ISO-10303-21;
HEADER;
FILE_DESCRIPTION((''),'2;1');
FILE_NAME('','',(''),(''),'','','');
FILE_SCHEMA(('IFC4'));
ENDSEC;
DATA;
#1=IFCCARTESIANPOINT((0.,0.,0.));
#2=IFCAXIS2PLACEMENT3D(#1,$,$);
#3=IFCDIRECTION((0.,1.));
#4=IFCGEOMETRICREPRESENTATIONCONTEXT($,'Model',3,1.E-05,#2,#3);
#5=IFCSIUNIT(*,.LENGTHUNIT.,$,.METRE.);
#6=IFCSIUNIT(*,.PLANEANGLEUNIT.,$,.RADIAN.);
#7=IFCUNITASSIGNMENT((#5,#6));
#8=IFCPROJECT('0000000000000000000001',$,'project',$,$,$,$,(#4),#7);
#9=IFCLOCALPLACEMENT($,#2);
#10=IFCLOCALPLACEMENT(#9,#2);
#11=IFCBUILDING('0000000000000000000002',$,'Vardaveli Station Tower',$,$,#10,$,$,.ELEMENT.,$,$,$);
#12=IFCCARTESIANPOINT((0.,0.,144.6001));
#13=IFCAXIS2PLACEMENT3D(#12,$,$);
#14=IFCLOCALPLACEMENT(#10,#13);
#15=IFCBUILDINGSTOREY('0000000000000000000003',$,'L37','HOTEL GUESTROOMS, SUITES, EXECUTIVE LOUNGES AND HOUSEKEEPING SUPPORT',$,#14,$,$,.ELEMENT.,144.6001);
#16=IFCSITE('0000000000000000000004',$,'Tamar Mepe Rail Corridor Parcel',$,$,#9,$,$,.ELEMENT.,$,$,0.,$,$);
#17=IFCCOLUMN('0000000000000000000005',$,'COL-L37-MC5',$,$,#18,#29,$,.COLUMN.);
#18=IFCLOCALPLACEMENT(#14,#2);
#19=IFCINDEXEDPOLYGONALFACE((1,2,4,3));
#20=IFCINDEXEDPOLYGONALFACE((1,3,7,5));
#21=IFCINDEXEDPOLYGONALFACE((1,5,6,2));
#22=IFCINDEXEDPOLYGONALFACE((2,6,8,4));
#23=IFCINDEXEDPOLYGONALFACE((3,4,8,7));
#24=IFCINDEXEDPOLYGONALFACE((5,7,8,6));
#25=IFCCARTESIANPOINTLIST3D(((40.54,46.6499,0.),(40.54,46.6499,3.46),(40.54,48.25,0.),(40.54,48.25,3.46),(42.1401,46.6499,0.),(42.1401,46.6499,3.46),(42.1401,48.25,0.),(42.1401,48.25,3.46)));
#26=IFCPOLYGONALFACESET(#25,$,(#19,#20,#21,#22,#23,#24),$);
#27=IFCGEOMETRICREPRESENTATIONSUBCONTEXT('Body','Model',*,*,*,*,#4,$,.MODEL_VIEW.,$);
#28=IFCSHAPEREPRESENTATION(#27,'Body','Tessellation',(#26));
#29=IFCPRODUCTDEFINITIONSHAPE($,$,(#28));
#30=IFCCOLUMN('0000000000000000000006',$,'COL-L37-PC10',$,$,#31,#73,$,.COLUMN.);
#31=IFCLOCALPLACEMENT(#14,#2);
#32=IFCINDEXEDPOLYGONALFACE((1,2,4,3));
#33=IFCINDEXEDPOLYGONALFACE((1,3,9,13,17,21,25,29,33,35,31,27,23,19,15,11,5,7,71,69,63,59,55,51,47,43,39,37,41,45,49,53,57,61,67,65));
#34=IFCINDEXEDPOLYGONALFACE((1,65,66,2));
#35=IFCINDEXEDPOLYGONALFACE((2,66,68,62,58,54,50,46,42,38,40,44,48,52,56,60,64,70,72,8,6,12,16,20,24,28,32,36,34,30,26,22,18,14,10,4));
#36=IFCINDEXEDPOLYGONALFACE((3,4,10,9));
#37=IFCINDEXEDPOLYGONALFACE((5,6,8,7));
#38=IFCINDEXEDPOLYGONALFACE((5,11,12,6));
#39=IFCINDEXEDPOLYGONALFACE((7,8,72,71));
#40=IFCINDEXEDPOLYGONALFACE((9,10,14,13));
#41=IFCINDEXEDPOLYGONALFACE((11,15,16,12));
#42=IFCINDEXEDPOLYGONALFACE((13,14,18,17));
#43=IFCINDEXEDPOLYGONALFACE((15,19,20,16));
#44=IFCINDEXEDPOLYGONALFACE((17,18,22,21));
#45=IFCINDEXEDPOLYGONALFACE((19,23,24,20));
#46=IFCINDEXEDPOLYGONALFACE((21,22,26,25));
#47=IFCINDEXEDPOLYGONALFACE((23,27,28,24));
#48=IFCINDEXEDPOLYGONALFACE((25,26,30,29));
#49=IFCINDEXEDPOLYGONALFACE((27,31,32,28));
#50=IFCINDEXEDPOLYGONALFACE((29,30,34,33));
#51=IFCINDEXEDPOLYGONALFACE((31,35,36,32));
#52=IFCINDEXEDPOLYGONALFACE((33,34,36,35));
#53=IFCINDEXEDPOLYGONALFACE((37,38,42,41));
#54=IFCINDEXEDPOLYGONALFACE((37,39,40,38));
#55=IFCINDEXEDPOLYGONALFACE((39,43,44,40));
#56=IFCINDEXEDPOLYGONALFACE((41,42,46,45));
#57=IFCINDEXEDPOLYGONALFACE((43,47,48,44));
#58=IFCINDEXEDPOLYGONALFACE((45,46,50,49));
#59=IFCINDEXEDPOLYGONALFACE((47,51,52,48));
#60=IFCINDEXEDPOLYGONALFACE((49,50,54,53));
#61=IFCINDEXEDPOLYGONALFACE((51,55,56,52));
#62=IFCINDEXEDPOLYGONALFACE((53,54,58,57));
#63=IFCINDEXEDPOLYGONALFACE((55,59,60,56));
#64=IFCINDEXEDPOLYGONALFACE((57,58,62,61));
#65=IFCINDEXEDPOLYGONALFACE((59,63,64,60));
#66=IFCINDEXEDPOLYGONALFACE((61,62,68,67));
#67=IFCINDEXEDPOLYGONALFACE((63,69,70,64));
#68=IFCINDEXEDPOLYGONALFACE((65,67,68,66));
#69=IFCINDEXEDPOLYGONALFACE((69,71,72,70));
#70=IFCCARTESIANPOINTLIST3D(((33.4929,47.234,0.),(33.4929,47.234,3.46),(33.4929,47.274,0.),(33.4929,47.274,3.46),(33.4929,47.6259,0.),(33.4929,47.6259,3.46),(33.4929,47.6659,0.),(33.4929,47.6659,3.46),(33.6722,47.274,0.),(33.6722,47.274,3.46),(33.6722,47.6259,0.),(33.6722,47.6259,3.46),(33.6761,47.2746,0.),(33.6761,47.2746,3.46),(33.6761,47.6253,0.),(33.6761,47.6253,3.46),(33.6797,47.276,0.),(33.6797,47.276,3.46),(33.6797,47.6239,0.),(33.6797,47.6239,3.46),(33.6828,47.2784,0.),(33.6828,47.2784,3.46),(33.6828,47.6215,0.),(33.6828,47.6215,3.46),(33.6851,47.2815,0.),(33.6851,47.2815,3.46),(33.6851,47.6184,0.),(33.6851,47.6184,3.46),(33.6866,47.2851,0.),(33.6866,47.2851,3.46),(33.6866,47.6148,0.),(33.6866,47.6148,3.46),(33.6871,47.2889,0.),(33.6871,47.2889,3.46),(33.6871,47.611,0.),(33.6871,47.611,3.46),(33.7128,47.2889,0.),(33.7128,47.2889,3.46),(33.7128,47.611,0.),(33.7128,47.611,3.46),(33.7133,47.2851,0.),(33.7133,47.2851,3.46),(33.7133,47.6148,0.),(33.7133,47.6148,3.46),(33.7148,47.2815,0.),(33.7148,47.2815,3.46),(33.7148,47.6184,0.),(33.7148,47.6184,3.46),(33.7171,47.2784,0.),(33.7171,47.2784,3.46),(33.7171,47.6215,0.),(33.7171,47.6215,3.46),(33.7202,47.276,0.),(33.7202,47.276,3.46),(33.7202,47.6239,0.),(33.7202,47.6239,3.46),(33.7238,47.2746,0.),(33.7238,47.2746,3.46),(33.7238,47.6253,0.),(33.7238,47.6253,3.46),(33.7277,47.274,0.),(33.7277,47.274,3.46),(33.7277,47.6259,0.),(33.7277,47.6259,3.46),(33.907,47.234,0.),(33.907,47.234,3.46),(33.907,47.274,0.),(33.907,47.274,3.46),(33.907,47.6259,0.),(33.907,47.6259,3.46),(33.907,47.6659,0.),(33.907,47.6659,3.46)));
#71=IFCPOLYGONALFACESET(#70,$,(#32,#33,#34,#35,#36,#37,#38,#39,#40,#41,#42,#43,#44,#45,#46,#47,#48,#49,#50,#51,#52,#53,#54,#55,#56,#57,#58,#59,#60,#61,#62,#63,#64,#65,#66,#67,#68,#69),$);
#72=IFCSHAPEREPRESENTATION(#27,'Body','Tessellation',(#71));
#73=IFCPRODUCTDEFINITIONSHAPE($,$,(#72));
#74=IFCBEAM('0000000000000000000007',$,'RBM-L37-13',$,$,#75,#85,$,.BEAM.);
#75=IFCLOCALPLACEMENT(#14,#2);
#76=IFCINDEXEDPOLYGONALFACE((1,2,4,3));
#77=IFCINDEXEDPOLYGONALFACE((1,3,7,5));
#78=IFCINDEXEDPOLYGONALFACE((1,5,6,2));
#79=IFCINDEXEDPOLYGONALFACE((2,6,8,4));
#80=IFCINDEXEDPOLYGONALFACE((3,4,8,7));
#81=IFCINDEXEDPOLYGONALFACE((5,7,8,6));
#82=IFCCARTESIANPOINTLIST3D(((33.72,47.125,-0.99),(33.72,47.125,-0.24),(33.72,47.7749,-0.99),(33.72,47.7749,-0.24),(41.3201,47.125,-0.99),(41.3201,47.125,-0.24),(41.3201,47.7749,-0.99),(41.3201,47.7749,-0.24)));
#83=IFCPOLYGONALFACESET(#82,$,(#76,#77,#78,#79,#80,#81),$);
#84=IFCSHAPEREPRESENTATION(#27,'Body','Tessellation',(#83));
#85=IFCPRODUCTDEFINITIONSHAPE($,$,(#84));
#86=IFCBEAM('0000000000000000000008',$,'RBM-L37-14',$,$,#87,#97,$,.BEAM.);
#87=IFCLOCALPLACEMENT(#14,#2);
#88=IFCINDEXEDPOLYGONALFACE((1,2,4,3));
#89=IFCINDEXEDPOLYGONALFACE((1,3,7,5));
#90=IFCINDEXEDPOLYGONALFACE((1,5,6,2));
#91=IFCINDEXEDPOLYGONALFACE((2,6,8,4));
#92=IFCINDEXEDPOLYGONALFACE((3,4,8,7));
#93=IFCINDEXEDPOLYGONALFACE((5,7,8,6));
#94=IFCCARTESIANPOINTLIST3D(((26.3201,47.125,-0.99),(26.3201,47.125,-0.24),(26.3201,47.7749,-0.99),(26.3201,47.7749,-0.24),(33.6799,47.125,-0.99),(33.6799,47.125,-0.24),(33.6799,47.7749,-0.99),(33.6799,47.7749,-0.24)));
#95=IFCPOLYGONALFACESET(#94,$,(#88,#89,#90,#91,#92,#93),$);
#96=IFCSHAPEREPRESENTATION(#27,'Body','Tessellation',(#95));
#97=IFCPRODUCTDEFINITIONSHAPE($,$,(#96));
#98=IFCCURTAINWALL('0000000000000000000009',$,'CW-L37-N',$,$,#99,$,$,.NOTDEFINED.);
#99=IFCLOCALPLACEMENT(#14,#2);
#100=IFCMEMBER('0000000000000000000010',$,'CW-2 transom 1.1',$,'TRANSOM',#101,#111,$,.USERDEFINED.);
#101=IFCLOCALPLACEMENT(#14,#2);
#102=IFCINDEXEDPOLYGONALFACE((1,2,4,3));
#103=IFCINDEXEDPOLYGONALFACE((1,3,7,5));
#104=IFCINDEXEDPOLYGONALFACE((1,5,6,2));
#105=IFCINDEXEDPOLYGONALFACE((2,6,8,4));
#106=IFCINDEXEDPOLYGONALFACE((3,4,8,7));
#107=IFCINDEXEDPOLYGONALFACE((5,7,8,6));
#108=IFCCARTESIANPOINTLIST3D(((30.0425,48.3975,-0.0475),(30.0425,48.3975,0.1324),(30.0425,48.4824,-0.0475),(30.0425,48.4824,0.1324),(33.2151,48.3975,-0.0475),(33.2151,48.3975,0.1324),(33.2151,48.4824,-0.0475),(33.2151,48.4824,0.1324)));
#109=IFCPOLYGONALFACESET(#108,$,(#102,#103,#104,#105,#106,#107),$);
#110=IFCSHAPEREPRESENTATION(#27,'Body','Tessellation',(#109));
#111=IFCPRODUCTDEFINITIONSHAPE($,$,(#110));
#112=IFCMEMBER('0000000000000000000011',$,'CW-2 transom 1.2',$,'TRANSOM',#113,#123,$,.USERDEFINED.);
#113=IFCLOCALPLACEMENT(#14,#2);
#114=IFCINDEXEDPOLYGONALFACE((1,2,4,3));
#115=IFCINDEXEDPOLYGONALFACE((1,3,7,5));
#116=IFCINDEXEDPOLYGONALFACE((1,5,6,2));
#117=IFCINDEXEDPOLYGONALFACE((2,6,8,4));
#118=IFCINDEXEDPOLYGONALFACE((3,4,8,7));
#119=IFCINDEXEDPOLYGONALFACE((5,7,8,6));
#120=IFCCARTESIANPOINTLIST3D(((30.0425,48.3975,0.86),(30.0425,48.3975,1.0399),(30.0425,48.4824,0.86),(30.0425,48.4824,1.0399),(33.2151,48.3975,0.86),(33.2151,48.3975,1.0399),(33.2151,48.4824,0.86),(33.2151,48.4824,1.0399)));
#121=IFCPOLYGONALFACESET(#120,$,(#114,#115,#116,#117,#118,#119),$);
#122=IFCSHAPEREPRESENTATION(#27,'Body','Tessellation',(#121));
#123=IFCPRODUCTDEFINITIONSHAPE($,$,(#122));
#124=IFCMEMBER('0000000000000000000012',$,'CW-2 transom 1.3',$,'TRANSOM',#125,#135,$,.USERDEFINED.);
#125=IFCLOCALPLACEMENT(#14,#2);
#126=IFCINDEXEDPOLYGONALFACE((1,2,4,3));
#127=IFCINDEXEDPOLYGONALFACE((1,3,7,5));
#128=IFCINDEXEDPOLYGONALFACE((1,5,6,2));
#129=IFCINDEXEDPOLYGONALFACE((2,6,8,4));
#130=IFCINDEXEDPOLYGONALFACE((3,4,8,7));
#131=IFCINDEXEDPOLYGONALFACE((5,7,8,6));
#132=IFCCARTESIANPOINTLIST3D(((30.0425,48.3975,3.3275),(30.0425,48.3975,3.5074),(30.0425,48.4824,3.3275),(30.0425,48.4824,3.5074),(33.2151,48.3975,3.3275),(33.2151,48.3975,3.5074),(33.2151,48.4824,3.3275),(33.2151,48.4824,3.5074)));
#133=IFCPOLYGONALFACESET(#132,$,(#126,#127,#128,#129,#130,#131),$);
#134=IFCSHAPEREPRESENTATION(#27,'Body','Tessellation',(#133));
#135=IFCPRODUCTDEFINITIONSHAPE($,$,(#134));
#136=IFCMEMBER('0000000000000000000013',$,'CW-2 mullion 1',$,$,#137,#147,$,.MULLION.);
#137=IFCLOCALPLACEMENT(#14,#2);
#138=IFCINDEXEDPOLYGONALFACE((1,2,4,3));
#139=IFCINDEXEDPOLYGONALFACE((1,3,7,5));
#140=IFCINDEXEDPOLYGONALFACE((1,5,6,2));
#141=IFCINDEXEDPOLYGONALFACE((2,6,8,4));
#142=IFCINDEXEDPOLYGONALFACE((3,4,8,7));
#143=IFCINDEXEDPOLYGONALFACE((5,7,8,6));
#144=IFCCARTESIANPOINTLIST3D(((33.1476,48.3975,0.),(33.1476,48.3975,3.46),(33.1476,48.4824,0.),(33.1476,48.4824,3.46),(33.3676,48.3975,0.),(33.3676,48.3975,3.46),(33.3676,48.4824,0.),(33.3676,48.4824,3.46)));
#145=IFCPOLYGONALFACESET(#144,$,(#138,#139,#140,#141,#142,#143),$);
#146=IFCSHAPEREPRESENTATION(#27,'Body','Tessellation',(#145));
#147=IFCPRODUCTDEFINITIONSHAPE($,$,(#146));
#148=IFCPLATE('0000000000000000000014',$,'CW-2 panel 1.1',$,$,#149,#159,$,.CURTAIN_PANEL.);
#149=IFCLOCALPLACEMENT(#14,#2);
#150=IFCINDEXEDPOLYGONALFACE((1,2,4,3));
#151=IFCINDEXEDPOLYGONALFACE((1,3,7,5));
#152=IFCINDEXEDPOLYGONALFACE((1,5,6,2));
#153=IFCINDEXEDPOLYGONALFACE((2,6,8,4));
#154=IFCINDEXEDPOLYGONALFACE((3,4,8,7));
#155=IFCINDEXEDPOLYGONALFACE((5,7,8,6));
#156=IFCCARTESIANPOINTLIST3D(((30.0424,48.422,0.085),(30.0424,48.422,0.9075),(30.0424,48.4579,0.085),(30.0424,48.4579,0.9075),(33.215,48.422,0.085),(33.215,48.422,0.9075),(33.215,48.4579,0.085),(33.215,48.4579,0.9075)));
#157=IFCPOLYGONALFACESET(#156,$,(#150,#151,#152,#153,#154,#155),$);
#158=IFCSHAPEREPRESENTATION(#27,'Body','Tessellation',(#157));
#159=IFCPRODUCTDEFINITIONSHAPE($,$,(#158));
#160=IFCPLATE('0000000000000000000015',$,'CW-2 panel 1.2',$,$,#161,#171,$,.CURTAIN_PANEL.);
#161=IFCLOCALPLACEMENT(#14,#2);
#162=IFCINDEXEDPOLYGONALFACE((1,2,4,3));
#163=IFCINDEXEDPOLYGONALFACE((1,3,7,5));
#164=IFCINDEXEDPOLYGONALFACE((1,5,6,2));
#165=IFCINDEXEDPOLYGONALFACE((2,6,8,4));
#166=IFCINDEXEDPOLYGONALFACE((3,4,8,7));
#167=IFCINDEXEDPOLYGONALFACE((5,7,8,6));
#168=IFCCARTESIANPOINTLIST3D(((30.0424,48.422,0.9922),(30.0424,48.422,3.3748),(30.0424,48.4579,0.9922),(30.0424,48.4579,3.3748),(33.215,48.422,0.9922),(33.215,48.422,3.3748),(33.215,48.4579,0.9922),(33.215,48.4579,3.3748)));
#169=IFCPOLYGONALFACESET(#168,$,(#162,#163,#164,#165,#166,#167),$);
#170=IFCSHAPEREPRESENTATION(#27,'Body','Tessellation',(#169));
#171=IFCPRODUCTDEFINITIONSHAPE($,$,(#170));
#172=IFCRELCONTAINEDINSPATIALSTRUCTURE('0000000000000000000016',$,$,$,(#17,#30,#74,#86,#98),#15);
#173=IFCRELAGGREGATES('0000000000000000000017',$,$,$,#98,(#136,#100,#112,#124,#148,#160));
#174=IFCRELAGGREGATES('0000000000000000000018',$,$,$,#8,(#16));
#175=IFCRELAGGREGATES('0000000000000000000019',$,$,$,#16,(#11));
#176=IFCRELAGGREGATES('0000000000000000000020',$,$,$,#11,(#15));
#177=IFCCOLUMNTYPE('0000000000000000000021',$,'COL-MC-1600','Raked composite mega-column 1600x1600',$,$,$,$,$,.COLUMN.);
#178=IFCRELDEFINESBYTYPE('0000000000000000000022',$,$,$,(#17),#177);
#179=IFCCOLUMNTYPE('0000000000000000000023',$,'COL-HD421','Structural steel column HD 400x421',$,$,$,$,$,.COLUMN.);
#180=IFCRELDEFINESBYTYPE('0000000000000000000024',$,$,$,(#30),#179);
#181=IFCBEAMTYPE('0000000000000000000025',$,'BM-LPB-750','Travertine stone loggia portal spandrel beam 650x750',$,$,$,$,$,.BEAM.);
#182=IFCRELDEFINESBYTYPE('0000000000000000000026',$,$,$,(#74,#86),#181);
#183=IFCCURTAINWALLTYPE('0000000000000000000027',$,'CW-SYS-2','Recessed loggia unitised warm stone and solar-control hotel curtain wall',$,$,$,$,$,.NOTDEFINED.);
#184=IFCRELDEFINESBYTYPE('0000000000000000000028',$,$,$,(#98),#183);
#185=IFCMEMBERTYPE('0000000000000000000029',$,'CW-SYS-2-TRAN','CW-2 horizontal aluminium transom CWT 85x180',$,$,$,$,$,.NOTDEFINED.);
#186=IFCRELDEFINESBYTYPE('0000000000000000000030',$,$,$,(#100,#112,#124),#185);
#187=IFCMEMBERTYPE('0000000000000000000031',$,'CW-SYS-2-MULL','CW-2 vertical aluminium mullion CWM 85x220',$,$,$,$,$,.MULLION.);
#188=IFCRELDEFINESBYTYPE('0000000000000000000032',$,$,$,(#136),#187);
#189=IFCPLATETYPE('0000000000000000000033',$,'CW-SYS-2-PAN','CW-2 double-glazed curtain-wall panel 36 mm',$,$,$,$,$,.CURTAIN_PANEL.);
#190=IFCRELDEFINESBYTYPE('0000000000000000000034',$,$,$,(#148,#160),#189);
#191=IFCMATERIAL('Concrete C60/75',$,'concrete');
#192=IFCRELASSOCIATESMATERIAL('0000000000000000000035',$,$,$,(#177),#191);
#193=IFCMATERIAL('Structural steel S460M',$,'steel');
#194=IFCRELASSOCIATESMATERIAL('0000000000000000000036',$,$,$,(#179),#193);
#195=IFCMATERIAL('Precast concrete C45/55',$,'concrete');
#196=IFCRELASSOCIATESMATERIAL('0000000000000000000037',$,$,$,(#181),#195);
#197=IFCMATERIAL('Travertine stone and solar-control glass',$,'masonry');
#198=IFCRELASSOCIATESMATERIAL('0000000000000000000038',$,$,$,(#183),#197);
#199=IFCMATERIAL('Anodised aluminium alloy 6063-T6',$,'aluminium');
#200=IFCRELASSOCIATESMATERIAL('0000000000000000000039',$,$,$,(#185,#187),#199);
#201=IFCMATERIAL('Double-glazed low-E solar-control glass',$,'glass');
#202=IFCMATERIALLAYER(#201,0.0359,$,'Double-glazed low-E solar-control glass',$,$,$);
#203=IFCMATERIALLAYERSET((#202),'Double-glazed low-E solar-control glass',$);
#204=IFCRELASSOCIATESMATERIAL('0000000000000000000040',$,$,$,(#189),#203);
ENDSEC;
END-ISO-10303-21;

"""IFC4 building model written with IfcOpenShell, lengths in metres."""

from ifc_helpers import new_model, si_unit, direction, frame, origin, origin_2d, place, context, subcontext, project, spatial, rectangle, i_section, extrude, source, transform, mapped, material, layer, layer_set, material_profile, profile_set, type_object, element, aggregate, save


model = new_model("IFC4")

# Units and contexts
model_context = context("Model", 3, precision=1e-05, world=origin(), true_north=direction((0.0, 1.0)))
body_context = subcontext(model_context, "Body", "Model", "MODEL_VIEW")
ifc_project = project(units=[si_unit("LENGTHUNIT", "METRE"), si_unit("PLANEANGLEUNIT", "RADIAN")], contexts=[model_context])

# Site, building, storey
site_placement = place(None, origin())
site = spatial("IfcSite", under=ifc_project, at=site_placement, Name="Tamar Mepe Rail Corridor Parcel", CompositionType="ELEMENT", RefElevation=0.0)
building_placement = place(site_placement, origin())
building = spatial("IfcBuilding", under=site, at=building_placement, Name="Vardaveli Station Tower", CompositionType="ELEMENT")
storey_placement = place(building_placement, frame((0.0, 0.0, 144.6001)))
storey = spatial("IfcBuildingStorey", under=building, at=storey_placement, Name="L37", Description="HOTEL GUESTROOMS, SUITES, EXECUTIVE LOUNGES AND HOUSEKEEPING SUPPORT", CompositionType="ELEMENT", Elevation=144.6001)

# Columns
ifc_material_1 = material(Name="Concrete C60/75", Category="concrete")
ifc_material_profile_1 = material_profile(ifc_material_1, rectangle(XDim=1.6001, YDim=1.6001, at=origin_2d()), Name="MC 1600x1600")
ifc_profile_set_1 = profile_set([ifc_material_profile_1], Name="Concrete C60/75")
column_type_1 = type_object("IfcColumnType", Name="COL-MC-1600", Description="Raked composite mega-column 1600x1600", PredefinedType="COLUMN", material=ifc_profile_set_1)
shared_shape_1 = source(origin(), body_context, "Body", "SweptSolid", [
    extrude(rectangle(XDim=1.6001, YDim=1.6001, at=origin_2d()), origin(), (0.0, 0.0, 1.0), 3.46),
])
column_1_placement = place(storey_placement, frame((41.3401, 47.45, 0.0), z_axis=(0.0, 0.0, 1.0), x_axis=(1.0, 0.0, 0.0)))
element("IfcColumn", 1, at=column_1_placement, inside=storey, type_object=column_type_1, Name="COL-L37-MC5", PredefinedType="COLUMN", context=body_context, shape_type="MappedRepresentation", body=[
    mapped(shared_shape_1, transform((0.0, 0.0, 0.0), scale=1.0)),
])
ifc_material_2 = material(Name="Structural steel S460M", Category="steel")
ifc_material_profile_2 = material_profile(ifc_material_2, i_section(OverallWidth=0.4141, OverallDepth=0.4319, WebThickness=0.0256, FlangeThickness=0.04, FilletRadius=0.0149, at=origin_2d()), Name="HD 400x421")
ifc_profile_set_2 = profile_set([ifc_material_profile_2], Name="Structural steel S460M")
column_type_2 = type_object("IfcColumnType", Name="COL-HD421", Description="Structural steel column HD 400x421", PredefinedType="COLUMN", material=ifc_profile_set_2)
shared_shape_2 = source(origin(), body_context, "Body", "SweptSolid", [
    extrude(i_section(OverallWidth=0.4141, OverallDepth=0.4319, WebThickness=0.0256, FlangeThickness=0.04, FilletRadius=0.0149, at=origin_2d()), origin(), (0.0, 0.0, 1.0), 3.46),
])
column_2_placement = place(storey_placement, frame((33.7, 47.45, 0.0), z_axis=(0.0, 0.0, 1.0), x_axis=(1.0, 0.0, 0.0)))
element("IfcColumn", 2, at=column_2_placement, inside=storey, type_object=column_type_2, Name="COL-L37-PC10", PredefinedType="COLUMN", context=body_context, shape_type="MappedRepresentation", body=[
    mapped(shared_shape_2, transform((0.0, 0.0, 0.0), scale=1.0)),
])

# Beams
ifc_material_3 = material(Name="Precast concrete C45/55", Category="concrete")
ifc_material_profile_3 = material_profile(ifc_material_3, rectangle(XDim=0.6499, YDim=0.75, at=origin_2d()), Name="LPB 650x750")
ifc_profile_set_3 = profile_set([ifc_material_profile_3], Name="Precast concrete C45/55")
beam_type = type_object("IfcBeamType", Name="BM-LPB-750", Description="Travertine stone loggia portal spandrel beam 650x750", PredefinedType="BEAM", material=ifc_profile_set_3)
shared_shape_3 = source(origin(), body_context, "Body", "SweptSolid", [
    extrude(rectangle(XDim=0.6499, YDim=0.75, at=origin_2d()), origin(), (0.0, 0.0, 1.0), 7.6001),
])
beam_1_placement = place(storey_placement, frame((41.3201, 47.45, -0.615), z_axis=(-1.0, 0.0, 0.0), x_axis=(0.0, -1.0, 0.0)))
element("IfcBeam", 3, at=beam_1_placement, inside=storey, type_object=beam_type, Name="RBM-L37-13", PredefinedType="BEAM", context=body_context, shape_type="MappedRepresentation", body=[
    mapped(shared_shape_3, transform((0.0, 0.0, 0.0), scale=1.0)),
])
shared_shape_4 = source(origin(), body_context, "Body", "SweptSolid", [
    extrude(rectangle(XDim=0.6499, YDim=0.75, at=origin_2d()), origin(), (0.0, 0.0, 1.0), 7.3599),
])
beam_2_placement = place(storey_placement, frame((33.6799, 47.45, -0.615), z_axis=(-1.0, 0.0, 0.0), x_axis=(0.0, -1.0, 0.0)))
element("IfcBeam", 4, at=beam_2_placement, inside=storey, type_object=beam_type, Name="RBM-L37-14", PredefinedType="BEAM", context=body_context, shape_type="MappedRepresentation", body=[
    mapped(shared_shape_4, transform((0.0, 0.0, 0.0), scale=1.0)),
])

# Curtain wall, members, plates
ifc_material_4 = material(Name="Travertine stone and solar-control glass", Category="masonry")
curtain_wall_type = type_object("IfcCurtainWallType", Name="CW-SYS-2", Description="Recessed loggia unitised warm stone and solar-control hotel curtain wall", PredefinedType="NOTDEFINED", material=ifc_material_4)
curtain_wall_placement = place(storey_placement, origin())
curtain_wall = element("IfcCurtainWall", 5, at=curtain_wall_placement, inside=storey, type_object=curtain_wall_type, Name="CW-L37-N", PredefinedType="NOTDEFINED")
ifc_material_5 = material(Name="Anodised aluminium alloy 6063-T6", Category="aluminium")
ifc_material_profile_4 = material_profile(ifc_material_5, rectangle(XDim=0.085, YDim=0.1799, at=origin_2d()), Name="CWT 85x180")
ifc_profile_set_4 = profile_set([ifc_material_profile_4], Name="Anodised aluminium alloy 6063-T6")
member_type_1 = type_object("IfcMemberType", Name="CW-SYS-2-TRAN", Description="CW-2 horizontal aluminium transom CWT 85x180", PredefinedType="NOTDEFINED", material=ifc_profile_set_4)
shared_shape_5 = source(origin(), body_context, "Body", "SweptSolid", [
    extrude(rectangle(XDim=0.085, YDim=0.1799, at=origin_2d()), origin(), (0.0, 0.0, 1.0), 3.1726),
])
member_1_placement = place(storey_placement, frame((33.2151, 48.4399, 0.0425), z_axis=(-1.0, 0.0, 0.0), x_axis=(0.0, -1.0, 0.0)))
member_1 = element("IfcMember", 6, at=member_1_placement, type_object=member_type_1, Name="CW-2 transom 1.1", ObjectType="TRANSOM", PredefinedType="USERDEFINED", context=body_context, shape_type="MappedRepresentation", body=[
    mapped(shared_shape_5, transform((0.0, 0.0, 0.0), scale=1.0)),
])
member_2_placement = place(storey_placement, frame((33.2151, 48.4399, 0.95), z_axis=(-1.0, 0.0, 0.0), x_axis=(0.0, -1.0, 0.0)))
member_2 = element("IfcMember", 7, at=member_2_placement, type_object=member_type_1, Name="CW-2 transom 1.2", ObjectType="TRANSOM", PredefinedType="USERDEFINED", context=body_context, shape_type="MappedRepresentation", body=[
    mapped(shared_shape_5, transform((0.0, 0.0, 0.0), scale=1.0)),
])
member_3_placement = place(storey_placement, frame((33.2151, 48.4399, 3.4175), z_axis=(-1.0, 0.0, 0.0), x_axis=(0.0, -1.0, 0.0)))
member_3 = element("IfcMember", 8, at=member_3_placement, type_object=member_type_1, Name="CW-2 transom 1.3", ObjectType="TRANSOM", PredefinedType="USERDEFINED", context=body_context, shape_type="MappedRepresentation", body=[
    mapped(shared_shape_5, transform((0.0, 0.0, 0.0), scale=1.0)),
])
ifc_material_profile_5 = material_profile(ifc_material_5, rectangle(XDim=0.085, YDim=0.22, at=origin_2d()), Name="CWM 85x220")
ifc_profile_set_5 = profile_set([ifc_material_profile_5], Name="Anodised aluminium alloy 6063-T6")
member_type_2 = type_object("IfcMemberType", Name="CW-SYS-2-MULL", Description="CW-2 vertical aluminium mullion CWM 85x220", PredefinedType="MULLION", material=ifc_profile_set_5)
shared_shape_6 = source(origin(), body_context, "Body", "SweptSolid", [
    extrude(rectangle(XDim=0.085, YDim=0.22, at=origin_2d()), origin(), (0.0, 0.0, 1.0), 3.46),
])
member_4_placement = place(storey_placement, frame((33.2576, 48.4399, 0.0), z_axis=(0.0, 0.0, 1.0), x_axis=(0.0, -1.0, 0.0)))
member_4 = element("IfcMember", 9, at=member_4_placement, type_object=member_type_2, Name="CW-2 mullion 1", PredefinedType="MULLION", context=body_context, shape_type="MappedRepresentation", body=[
    mapped(shared_shape_6, transform((0.0, 0.0, 0.0), scale=1.0)),
])
ifc_material_6 = material(Name="Double-glazed low-E solar-control glass", Category="glass")
ifc_layer_1 = layer(ifc_material_6, 0.0359, Name="Double-glazed low-E solar-control glass")
ifc_layer_set_1 = layer_set([ifc_layer_1], Name="Double-glazed low-E solar-control glass")
plate_type = type_object("IfcPlateType", Name="CW-SYS-2-PAN", Description="CW-2 double-glazed curtain-wall panel 36 mm", PredefinedType="CURTAIN_PANEL", material=ifc_layer_set_1)
shared_shape_7 = source(origin(), body_context, "Body", "SweptSolid", [
    extrude(rectangle(XDim=3.1726, YDim=0.0359, at=origin_2d()), origin(), (0.0, 0.0, 1.0), 0.8225),
])
plate_1_placement = place(storey_placement, frame((31.6287, 48.4399, 0.085), z_axis=(0.0, 0.0, 1.0), x_axis=(-1.0, 0.0, 0.0)))
plate_1 = element("IfcPlate", 10, at=plate_1_placement, type_object=plate_type, Name="CW-2 panel 1.1", PredefinedType="CURTAIN_PANEL", context=body_context, shape_type="MappedRepresentation", body=[
    mapped(shared_shape_7, transform((0.0, 0.0, 0.0), scale=1.0)),
])
shared_shape_8 = source(origin(), body_context, "Body", "SweptSolid", [
    extrude(rectangle(XDim=3.1726, YDim=0.0359, at=origin_2d()), origin(), (0.0, 0.0, 1.0), 2.3826),
])
plate_2_placement = place(storey_placement, frame((31.6287, 48.4399, 0.9922), z_axis=(0.0, 0.0, 1.0), x_axis=(-1.0, 0.0, 0.0)))
plate_2 = element("IfcPlate", 11, at=plate_2_placement, type_object=plate_type, Name="CW-2 panel 1.2", PredefinedType="CURTAIN_PANEL", context=body_context, shape_type="MappedRepresentation", body=[
    mapped(shared_shape_8, transform((0.0, 0.0, 0.0), scale=1.0)),
])
aggregate(curtain_wall, [member_4, member_1, member_2, member_3, plate_1, plate_2])

save(model, "model.ifc")
